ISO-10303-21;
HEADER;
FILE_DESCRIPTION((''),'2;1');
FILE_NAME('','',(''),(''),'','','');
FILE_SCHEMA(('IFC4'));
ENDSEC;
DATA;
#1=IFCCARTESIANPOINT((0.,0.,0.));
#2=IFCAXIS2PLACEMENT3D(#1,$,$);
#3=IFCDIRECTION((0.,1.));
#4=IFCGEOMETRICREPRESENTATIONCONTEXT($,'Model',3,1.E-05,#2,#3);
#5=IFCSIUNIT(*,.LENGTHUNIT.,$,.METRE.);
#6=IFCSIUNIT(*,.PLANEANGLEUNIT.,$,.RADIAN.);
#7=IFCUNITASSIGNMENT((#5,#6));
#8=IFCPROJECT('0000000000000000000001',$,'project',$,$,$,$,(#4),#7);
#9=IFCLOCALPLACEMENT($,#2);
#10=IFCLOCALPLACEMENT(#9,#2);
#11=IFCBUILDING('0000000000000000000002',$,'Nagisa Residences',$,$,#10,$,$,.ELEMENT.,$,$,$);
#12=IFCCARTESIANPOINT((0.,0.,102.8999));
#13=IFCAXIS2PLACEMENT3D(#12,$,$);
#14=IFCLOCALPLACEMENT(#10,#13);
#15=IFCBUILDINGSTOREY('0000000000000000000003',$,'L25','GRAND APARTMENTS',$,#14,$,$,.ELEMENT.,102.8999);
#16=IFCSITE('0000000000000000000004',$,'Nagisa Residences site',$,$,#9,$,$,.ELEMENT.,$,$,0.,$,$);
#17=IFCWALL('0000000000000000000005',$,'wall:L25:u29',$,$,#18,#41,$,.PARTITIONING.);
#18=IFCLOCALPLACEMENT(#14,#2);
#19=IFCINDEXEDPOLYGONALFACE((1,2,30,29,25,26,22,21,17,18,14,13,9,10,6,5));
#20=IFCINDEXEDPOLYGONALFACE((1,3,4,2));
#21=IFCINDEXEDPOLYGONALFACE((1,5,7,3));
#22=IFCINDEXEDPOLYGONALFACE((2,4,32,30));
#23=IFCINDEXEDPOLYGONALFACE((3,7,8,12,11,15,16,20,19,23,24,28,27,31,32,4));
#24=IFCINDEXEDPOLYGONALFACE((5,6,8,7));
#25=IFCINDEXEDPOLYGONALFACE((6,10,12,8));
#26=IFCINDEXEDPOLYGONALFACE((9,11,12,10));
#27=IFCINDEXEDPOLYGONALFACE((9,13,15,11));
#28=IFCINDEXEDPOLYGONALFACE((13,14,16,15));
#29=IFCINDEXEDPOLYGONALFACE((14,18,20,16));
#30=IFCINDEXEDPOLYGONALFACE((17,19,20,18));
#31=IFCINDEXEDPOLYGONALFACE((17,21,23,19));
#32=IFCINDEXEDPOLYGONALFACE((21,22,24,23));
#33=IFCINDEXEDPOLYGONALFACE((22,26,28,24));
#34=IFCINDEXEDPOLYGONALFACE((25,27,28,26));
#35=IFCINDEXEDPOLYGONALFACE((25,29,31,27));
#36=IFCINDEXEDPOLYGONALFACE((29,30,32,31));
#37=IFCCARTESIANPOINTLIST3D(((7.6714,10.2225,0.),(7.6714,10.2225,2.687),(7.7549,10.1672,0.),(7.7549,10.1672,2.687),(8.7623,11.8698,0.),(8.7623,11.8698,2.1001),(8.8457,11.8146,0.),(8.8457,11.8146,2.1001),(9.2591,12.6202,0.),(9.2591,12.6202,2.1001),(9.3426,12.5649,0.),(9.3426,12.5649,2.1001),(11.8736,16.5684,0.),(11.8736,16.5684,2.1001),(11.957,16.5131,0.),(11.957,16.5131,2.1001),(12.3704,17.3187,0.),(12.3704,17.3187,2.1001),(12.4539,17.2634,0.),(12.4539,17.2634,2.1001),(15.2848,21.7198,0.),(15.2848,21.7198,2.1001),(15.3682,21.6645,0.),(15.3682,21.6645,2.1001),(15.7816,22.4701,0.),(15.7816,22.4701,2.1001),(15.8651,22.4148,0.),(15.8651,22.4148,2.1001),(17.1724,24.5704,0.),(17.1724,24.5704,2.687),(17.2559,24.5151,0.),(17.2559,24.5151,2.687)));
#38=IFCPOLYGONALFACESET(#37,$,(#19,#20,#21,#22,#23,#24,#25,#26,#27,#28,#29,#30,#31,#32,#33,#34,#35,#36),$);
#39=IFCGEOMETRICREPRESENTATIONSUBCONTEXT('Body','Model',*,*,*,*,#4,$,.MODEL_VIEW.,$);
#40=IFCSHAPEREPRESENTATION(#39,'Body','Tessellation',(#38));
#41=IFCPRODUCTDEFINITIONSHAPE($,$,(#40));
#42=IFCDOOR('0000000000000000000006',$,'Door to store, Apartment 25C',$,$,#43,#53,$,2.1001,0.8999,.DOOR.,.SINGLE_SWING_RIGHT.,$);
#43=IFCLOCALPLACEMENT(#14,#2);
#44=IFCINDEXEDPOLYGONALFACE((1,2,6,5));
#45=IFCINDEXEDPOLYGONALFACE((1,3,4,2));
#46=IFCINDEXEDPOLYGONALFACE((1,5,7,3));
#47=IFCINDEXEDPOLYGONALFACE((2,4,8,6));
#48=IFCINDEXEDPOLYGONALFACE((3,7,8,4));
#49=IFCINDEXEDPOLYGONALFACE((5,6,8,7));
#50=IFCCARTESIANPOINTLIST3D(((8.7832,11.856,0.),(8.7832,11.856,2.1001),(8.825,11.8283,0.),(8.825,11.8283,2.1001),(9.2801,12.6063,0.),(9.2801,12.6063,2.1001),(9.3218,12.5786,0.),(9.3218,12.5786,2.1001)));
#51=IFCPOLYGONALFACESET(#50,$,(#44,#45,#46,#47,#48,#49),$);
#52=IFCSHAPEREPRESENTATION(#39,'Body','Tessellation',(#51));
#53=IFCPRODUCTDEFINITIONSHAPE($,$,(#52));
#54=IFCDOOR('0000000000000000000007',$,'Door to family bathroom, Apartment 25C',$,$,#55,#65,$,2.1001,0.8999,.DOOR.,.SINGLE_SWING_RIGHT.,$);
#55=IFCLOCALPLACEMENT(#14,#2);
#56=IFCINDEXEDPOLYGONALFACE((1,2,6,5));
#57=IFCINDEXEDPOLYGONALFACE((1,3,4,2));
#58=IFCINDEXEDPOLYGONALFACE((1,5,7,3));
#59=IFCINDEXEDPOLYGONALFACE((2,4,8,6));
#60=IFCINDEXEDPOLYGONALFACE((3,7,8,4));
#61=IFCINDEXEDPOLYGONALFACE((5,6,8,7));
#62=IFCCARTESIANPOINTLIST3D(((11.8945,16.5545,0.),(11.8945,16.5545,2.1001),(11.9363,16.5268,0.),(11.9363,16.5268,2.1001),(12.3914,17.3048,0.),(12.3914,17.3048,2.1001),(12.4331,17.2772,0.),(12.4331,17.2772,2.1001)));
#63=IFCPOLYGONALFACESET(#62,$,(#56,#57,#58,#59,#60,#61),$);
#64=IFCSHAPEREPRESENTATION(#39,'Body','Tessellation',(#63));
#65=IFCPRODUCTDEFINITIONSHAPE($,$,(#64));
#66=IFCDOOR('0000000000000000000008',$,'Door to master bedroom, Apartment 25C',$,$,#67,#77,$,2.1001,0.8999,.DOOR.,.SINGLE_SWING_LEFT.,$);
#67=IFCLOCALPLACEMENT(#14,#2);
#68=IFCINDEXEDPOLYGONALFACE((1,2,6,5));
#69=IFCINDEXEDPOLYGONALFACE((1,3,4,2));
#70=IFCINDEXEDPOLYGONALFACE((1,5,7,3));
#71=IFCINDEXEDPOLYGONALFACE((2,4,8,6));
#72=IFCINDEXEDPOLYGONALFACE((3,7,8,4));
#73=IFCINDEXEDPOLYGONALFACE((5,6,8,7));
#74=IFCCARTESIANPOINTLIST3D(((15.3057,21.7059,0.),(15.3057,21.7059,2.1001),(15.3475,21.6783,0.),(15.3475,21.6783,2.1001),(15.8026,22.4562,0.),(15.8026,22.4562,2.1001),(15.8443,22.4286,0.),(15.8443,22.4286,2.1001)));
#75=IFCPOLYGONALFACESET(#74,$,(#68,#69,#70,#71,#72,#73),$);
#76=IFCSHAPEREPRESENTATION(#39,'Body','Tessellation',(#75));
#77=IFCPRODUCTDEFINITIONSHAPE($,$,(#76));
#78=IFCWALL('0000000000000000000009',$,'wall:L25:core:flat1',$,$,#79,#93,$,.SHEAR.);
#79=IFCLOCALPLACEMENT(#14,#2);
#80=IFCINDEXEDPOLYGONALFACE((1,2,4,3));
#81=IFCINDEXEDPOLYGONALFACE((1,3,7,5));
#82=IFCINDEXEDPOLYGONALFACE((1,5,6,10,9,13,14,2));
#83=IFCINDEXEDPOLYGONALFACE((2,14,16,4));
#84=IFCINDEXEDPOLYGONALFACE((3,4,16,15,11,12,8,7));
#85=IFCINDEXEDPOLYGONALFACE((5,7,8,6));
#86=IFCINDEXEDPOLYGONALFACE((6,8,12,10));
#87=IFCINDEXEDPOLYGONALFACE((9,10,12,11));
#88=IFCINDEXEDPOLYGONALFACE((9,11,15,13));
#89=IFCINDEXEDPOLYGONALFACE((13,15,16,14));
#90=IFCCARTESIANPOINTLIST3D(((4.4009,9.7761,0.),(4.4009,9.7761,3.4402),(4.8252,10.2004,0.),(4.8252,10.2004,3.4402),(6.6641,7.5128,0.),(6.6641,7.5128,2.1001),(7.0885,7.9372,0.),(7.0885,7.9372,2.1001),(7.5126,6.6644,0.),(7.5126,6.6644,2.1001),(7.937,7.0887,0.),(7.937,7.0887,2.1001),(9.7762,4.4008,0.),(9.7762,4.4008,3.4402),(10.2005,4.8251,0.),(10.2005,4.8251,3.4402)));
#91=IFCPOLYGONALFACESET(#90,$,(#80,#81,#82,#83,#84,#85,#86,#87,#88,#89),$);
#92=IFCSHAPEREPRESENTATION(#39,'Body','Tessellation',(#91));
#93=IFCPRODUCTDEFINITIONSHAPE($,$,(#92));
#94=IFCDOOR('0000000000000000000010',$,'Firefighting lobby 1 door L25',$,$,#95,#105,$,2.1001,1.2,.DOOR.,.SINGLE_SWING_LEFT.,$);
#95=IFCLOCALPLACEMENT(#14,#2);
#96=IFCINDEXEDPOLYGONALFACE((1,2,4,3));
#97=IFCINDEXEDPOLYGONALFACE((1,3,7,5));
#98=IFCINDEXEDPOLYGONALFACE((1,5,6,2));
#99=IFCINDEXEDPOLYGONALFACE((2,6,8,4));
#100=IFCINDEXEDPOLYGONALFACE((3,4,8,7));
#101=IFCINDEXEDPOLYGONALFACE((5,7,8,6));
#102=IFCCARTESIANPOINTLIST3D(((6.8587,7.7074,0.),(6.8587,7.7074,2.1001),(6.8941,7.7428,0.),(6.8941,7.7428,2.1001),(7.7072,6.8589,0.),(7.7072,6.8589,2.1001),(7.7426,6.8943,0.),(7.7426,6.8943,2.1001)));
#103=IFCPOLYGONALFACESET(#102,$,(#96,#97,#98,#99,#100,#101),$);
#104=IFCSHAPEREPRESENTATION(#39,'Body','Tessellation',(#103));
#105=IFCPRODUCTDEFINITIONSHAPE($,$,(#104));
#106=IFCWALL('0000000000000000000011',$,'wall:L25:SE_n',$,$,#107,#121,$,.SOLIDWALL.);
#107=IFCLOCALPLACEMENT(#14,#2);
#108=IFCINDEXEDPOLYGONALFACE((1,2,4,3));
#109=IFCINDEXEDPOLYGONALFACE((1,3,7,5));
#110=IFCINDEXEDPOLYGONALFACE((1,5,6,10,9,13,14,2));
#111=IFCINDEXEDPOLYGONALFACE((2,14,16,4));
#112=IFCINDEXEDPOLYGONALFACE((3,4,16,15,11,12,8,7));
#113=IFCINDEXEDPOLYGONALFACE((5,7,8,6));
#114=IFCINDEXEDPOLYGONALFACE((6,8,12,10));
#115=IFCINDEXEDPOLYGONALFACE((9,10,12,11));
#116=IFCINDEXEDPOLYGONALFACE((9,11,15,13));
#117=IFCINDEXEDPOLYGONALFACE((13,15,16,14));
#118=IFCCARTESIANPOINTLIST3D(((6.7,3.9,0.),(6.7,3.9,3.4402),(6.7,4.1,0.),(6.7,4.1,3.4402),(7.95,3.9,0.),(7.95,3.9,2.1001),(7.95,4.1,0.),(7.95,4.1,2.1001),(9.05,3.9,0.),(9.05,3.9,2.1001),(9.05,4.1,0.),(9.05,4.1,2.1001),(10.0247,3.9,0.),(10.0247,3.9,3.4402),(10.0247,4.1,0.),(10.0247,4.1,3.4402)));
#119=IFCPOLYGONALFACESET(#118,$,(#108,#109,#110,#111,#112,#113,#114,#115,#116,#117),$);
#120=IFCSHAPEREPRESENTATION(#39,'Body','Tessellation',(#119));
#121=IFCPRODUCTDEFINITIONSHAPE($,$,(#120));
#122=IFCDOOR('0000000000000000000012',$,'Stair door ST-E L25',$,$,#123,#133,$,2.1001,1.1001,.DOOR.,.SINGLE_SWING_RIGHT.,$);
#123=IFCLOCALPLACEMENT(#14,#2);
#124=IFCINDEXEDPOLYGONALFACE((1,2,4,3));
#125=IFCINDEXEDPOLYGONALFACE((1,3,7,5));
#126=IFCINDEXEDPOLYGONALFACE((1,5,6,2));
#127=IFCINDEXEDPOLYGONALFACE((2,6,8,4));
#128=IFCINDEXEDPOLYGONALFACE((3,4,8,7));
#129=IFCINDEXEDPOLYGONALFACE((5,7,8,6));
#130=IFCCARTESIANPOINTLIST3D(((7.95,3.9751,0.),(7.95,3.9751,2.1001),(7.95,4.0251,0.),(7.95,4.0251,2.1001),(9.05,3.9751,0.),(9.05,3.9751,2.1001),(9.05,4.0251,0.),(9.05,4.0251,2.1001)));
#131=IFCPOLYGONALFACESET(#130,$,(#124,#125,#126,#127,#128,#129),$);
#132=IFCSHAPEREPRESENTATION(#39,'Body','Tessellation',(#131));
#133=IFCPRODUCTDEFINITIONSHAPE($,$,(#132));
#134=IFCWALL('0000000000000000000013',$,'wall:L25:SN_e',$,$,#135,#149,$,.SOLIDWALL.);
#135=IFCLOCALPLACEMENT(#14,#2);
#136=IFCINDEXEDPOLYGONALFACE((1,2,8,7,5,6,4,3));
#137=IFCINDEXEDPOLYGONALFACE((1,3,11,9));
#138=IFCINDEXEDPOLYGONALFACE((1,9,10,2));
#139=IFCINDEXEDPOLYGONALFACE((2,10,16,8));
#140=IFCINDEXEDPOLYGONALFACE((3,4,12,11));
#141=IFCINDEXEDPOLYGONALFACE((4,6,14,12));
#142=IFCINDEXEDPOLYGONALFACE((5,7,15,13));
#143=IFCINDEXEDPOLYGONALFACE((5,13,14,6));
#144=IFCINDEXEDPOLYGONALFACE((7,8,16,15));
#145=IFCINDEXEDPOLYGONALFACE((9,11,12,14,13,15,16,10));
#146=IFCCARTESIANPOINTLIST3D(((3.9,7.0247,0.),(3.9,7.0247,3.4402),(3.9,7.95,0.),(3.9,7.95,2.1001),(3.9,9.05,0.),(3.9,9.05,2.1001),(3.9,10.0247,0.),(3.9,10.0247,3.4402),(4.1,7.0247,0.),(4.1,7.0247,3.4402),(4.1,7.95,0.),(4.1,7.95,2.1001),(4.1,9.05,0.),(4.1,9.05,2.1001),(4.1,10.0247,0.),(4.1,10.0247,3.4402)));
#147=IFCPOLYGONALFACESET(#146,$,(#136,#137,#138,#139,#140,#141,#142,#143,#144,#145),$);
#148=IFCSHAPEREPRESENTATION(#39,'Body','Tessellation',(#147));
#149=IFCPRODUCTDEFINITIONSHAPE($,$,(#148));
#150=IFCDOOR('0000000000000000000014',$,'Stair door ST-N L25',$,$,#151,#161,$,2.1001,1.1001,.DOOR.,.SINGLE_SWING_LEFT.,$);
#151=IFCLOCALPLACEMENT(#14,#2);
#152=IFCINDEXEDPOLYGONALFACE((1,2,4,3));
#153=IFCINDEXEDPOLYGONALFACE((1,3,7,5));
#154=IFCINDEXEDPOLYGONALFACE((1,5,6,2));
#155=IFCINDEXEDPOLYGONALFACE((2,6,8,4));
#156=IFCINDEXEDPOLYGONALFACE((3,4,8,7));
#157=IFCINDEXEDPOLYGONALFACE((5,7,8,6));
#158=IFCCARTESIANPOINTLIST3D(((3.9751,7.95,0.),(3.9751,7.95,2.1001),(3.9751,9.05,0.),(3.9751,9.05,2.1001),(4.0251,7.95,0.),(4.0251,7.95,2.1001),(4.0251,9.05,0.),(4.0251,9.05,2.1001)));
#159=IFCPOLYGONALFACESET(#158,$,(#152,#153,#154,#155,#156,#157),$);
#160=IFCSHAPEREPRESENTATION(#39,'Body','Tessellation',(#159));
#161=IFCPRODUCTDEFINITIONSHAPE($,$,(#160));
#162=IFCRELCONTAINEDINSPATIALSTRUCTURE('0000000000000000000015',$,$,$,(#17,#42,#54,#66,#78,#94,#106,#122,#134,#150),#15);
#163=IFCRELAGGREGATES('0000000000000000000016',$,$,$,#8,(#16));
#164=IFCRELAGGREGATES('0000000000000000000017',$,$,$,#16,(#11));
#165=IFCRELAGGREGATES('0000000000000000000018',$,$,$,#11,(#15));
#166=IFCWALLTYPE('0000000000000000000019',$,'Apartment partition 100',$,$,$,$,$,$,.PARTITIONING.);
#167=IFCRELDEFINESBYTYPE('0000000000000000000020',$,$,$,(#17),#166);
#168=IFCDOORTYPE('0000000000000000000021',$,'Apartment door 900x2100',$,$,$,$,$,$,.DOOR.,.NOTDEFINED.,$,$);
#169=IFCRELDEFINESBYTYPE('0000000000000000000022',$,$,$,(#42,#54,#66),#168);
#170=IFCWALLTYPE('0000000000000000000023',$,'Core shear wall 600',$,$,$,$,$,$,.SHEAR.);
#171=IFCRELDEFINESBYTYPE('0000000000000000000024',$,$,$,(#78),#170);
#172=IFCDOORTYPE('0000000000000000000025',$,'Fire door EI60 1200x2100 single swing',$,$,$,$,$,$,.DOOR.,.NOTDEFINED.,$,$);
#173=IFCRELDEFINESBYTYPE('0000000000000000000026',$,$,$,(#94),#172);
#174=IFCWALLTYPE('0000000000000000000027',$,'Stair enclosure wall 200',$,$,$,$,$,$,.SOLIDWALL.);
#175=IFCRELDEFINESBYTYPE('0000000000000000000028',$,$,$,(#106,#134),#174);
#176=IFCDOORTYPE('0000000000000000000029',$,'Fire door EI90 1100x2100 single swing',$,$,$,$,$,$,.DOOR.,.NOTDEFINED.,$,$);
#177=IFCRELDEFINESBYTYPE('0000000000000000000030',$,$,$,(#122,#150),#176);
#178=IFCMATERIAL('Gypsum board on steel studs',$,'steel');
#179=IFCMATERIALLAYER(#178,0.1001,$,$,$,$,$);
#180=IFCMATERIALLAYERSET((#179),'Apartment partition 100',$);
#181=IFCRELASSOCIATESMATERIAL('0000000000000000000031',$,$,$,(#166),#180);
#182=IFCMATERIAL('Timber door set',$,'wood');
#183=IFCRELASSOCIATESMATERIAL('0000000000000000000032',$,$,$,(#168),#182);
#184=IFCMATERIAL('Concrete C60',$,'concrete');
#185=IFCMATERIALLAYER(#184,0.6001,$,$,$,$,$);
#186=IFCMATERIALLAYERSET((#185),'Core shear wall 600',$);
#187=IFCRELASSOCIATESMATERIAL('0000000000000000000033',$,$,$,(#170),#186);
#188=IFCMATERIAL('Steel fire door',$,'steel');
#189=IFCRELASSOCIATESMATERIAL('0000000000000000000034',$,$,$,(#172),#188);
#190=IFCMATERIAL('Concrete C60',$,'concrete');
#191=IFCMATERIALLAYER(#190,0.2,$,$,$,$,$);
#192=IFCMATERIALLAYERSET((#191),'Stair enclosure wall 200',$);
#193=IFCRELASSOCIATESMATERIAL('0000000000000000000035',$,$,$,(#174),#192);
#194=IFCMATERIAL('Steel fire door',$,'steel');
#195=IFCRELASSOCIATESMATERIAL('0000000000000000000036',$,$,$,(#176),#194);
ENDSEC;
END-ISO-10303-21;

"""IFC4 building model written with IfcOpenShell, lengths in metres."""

from ifc_helpers import new_model, si_unit, direction, frame, frame_2d, origin, place, context, subcontext, project, spatial, rectangle, extrude, material, layer, layer_set, type_object, element, fill, save


model = new_model("IFC4")

# Units and contexts
model_context = context("Model", 3, precision=1e-05, world=origin(), true_north=direction((0.0, 1.0)))
body_context = subcontext(model_context, "Body", "Model", "MODEL_VIEW")
ifc_project = project(units=[si_unit("LENGTHUNIT", "METRE"), si_unit("PLANEANGLEUNIT", "RADIAN")], contexts=[model_context])

# Site, building, storey
site_placement = place(None, origin())
site = spatial("IfcSite", under=ifc_project, at=site_placement, Name="Nagisa Residences site", CompositionType="ELEMENT", RefElevation=0.0)
building_placement = place(site_placement, origin())
building = spatial("IfcBuilding", under=site, at=building_placement, Name="Nagisa Residences", CompositionType="ELEMENT")
storey_placement = place(building_placement, frame((0.0, 0.0, 102.8999)))
storey = spatial("IfcBuildingStorey", under=building, at=storey_placement, Name="L25", Description="GRAND APARTMENTS", CompositionType="ELEMENT", Elevation=102.8999)

# Shared definitions
ifc_material_1 = material(Name="Gypsum board on steel studs", Category="steel")
ifc_layer_1 = layer(ifc_material_1, 0.1001)
ifc_layer_set_1 = layer_set([ifc_layer_1], Name="Apartment partition 100")
wall_type_1 = type_object("IfcWallType", Name="Apartment partition 100", PredefinedType="PARTITIONING", material=ifc_layer_set_1)

# Wall, openings, doors
ifc_material_2 = material(Name="Timber door set", Category="wood")
door_type_1 = type_object("IfcDoorType", Name="Apartment door 900x2100", OperationType="NOTDEFINED", PredefinedType="DOOR", material=ifc_material_2)
wall_1_placement = place(storey_placement, frame((7.7131, 10.1948, 0.0), z_axis=(0.0, 0.0, 1.0), x_axis=(0.552111, 0.833771, 0.0)))
wall_1 = element("IfcWall", 1, at=wall_1_placement, inside=storey, type_object=wall_type_1, Name="wall:L25:u29", PredefinedType="PARTITIONING", context=body_context, shape_type="SweptSolid", body=[
    extrude(rectangle(XDim=17.2085, YDim=0.1001, at=frame_2d((8.6042, 0.0))), origin(), (0.0, 0.0, 1.0), 2.687),
])
opening_1_placement = place(wall_1_placement, frame((1.9758, 0.0, 0.0)))
opening_1 = element("IfcOpeningElement", 2, at=opening_1_placement, cuts=wall_1, PredefinedType="OPENING", context=body_context, shape_type="SweptSolid", body=[
    extrude(rectangle(XDim=0.8999, YDim=2.1001, at=frame_2d((0.45, 1.05))), frame((0.0, 0.0601, 0.0), z_axis=(0.0, -1.0, 0.0), x_axis=(1.0, 0.0, 0.0)), (0.0, 0.0, 1.0), 0.1201),
])
opening_2_placement = place(wall_1_placement, frame((7.6111, 0.0, 0.0)))
opening_2 = element("IfcOpeningElement", 3, at=opening_2_placement, cuts=wall_1, PredefinedType="OPENING", context=body_context, shape_type="SweptSolid", body=[
    extrude(rectangle(XDim=0.8999, YDim=2.1001, at=frame_2d((0.45, 1.05))), frame((0.0, 0.0601, 0.0), z_axis=(0.0, -1.0, 0.0), x_axis=(1.0, 0.0, 0.0)), (0.0, 0.0, 1.0), 0.1201),
])
opening_3_placement = place(wall_1_placement, frame((13.7896, 0.0, 0.0)))
opening_3 = element("IfcOpeningElement", 4, at=opening_3_placement, cuts=wall_1, PredefinedType="OPENING", context=body_context, shape_type="SweptSolid", body=[
    extrude(rectangle(XDim=0.8999, YDim=2.1001, at=frame_2d((0.45, 1.05))), frame((0.0, 0.0601, 0.0), z_axis=(0.0, -1.0, 0.0), x_axis=(1.0, 0.0, 0.0)), (0.0, 0.0, 1.0), 0.1201),
])
door_1_placement = place(opening_1_placement, origin())
door_1 = element("IfcDoor", 5, at=door_1_placement, inside=storey, type_object=door_type_1, Name="Door to store, Apartment 25C", OperationType="SINGLE_SWING_RIGHT", OverallHeight=2.1001, OverallWidth=0.8999, PredefinedType="DOOR", context=body_context, shape_type="SweptSolid", body=[
    extrude(rectangle(XDim=0.8999, YDim=2.1001, at=frame_2d((0.45, 1.05))), frame((0.0, 0.0249, 0.0), z_axis=(0.0, -1.0, 0.0), x_axis=(1.0, 0.0, 0.0)), (0.0, 0.0, 1.0), 0.05),
])
fill(opening_1, door_1)
door_2_placement = place(opening_2_placement, origin())
door_2 = element("IfcDoor", 6, at=door_2_placement, inside=storey, type_object=door_type_1, Name="Door to family bathroom, Apartment 25C", OperationType="SINGLE_SWING_RIGHT", OverallHeight=2.1001, OverallWidth=0.8999, PredefinedType="DOOR", context=body_context, shape_type="SweptSolid", body=[
    extrude(rectangle(XDim=0.8999, YDim=2.1001, at=frame_2d((0.45, 1.05))), frame((0.0, 0.0249, 0.0), z_axis=(0.0, -1.0, 0.0), x_axis=(1.0, 0.0, 0.0)), (0.0, 0.0, 1.0), 0.05),
])
fill(opening_2, door_2)
door_3_placement = place(opening_3_placement, origin())
door_3 = element("IfcDoor", 7, at=door_3_placement, inside=storey, type_object=door_type_1, Name="Door to master bedroom, Apartment 25C", OperationType="SINGLE_SWING_LEFT", OverallHeight=2.1001, OverallWidth=0.8999, PredefinedType="DOOR", context=body_context, shape_type="SweptSolid", body=[
    extrude(rectangle(XDim=0.8999, YDim=2.1001, at=frame_2d((0.45, 1.05))), frame((0.0, 0.0249, 0.0), z_axis=(0.0, -1.0, 0.0), x_axis=(1.0, 0.0, 0.0)), (0.0, 0.0, 1.0), 0.05),
])
fill(opening_3, door_3)

# Walls, openings, doors
ifc_material_3 = material(Name="Concrete C60", Category="concrete")
ifc_layer_2 = layer(ifc_material_3, 0.6001)
ifc_layer_set_2 = layer_set([ifc_layer_2], Name="Core shear wall 600")
wall_type_2 = type_object("IfcWallType", Name="Core shear wall 600", PredefinedType="SHEAR", material=ifc_layer_set_2)
wall_2_placement = place(storey_placement, frame((9.9883, 4.613, 0.0), z_axis=(0.0, 0.0, 1.0), x_axis=(-0.707107, 0.707107, 0.0)))
wall_2 = element("IfcWall", 8, at=wall_2_placement, inside=storey, type_object=wall_type_2, Name="wall:L25:core:flat1", PredefinedType="SHEAR", context=body_context, shape_type="SweptSolid", body=[
    extrude(rectangle(XDim=7.6018, YDim=0.6001, at=frame_2d((3.8008, 0.0))), origin(), (0.0, 0.0, 1.0), 3.4402),
])
opening_4_placement = place(wall_2_placement, frame((3.2009, 0.0, 0.0)))
opening_4 = element("IfcOpeningElement", 9, at=opening_4_placement, cuts=wall_2, PredefinedType="OPENING", context=body_context, shape_type="SweptSolid", body=[
    extrude(rectangle(XDim=1.2, YDim=2.1001, at=frame_2d((0.6001, 1.05))), frame((0.0, 0.3101, 0.0), z_axis=(0.0, -1.0, 0.0), x_axis=(1.0, 0.0, 0.0)), (0.0, 0.0, 1.0), 0.6201),
])
ifc_material_4 = material(Name="Steel fire door", Category="steel")
door_type_2 = type_object("IfcDoorType", Name="Fire door EI60 1200x2100 single swing", OperationType="NOTDEFINED", PredefinedType="DOOR", material=ifc_material_4)
door_4_placement = place(opening_4_placement, origin())
door_4 = element("IfcDoor", 10, at=door_4_placement, inside=storey, type_object=door_type_2, Name="Firefighting lobby 1 door L25", OperationType="SINGLE_SWING_LEFT", OverallHeight=2.1001, OverallWidth=1.2, PredefinedType="DOOR", context=body_context, shape_type="SweptSolid", body=[
    extrude(rectangle(XDim=1.2, YDim=2.1001, at=frame_2d((0.6001, 1.05))), frame((0.0, 0.0249, 0.0), z_axis=(0.0, -1.0, 0.0), x_axis=(1.0, 0.0, 0.0)), (0.0, 0.0, 1.0), 0.05),
])
fill(opening_4, door_4)
ifc_material_5 = material(Name="Concrete C60", Category="concrete")
ifc_layer_3 = layer(ifc_material_5, 0.2)
ifc_layer_set_3 = layer_set([ifc_layer_3], Name="Stair enclosure wall 200")
wall_type_3 = type_object("IfcWallType", Name="Stair enclosure wall 200", PredefinedType="SOLIDWALL", material=ifc_layer_set_3)
wall_3_placement = place(storey_placement, frame((6.7, 4.0, 0.0), z_axis=(0.0, 0.0, 1.0), x_axis=(1.0, 0.0, 0.0)))
wall_3 = element("IfcWall", 11, at=wall_3_placement, inside=storey, type_object=wall_type_3, Name="wall:L25:SE_n", PredefinedType="SOLIDWALL", context=body_context, shape_type="SweptSolid", body=[
    extrude(rectangle(XDim=3.3247, YDim=0.2, at=frame_2d((1.6624, 0.0))), origin(), (0.0, 0.0, 1.0), 3.4402),
])
opening_5_placement = place(wall_3_placement, frame((1.25, 0.0, 0.0)))
opening_5 = element("IfcOpeningElement", 12, at=opening_5_placement, cuts=wall_3, PredefinedType="OPENING", context=body_context, shape_type="SweptSolid", body=[
    extrude(rectangle(XDim=1.1001, YDim=2.1001, at=frame_2d((0.55, 1.05))), frame((0.0, 0.1099, 0.0), z_axis=(0.0, -1.0, 0.0), x_axis=(1.0, 0.0, 0.0)), (0.0, 0.0, 1.0), 0.22),
])
ifc_material_6 = material(Name="Steel fire door", Category="steel")
door_type_3 = type_object("IfcDoorType", Name="Fire door EI90 1100x2100 single swing", OperationType="NOTDEFINED", PredefinedType="DOOR", material=ifc_material_6)
door_5_placement = place(opening_5_placement, frame((1.1001, 0.0, 0.0), x_axis=(-1.0, 0.0, 0.0)))
door_5 = element("IfcDoor", 13, at=door_5_placement, inside=storey, type_object=door_type_3, Name="Stair door ST-E L25", OperationType="SINGLE_SWING_RIGHT", OverallHeight=2.1001, OverallWidth=1.1001, PredefinedType="DOOR", context=body_context, shape_type="SweptSolid", body=[
    extrude(rectangle(XDim=1.1001, YDim=2.1001, at=frame_2d((0.55, 1.05))), frame((0.0, 0.0249, 0.0), z_axis=(0.0, -1.0, 0.0), x_axis=(1.0, 0.0, 0.0)), (0.0, 0.0, 1.0), 0.05),
])
fill(opening_5, door_5)
wall_4_placement = place(storey_placement, frame((4.0, 7.0247, 0.0), z_axis=(0.0, 0.0, 1.0), x_axis=(0.0, 1.0, 0.0)))
wall_4 = element("IfcWall", 14, at=wall_4_placement, inside=storey, type_object=wall_type_3, Name="wall:L25:SN_e", PredefinedType="SOLIDWALL", context=body_context, shape_type="SweptSolid", body=[
    extrude(rectangle(XDim=3.0, YDim=0.2, at=frame_2d((1.5, 0.0))), origin(), (0.0, 0.0, 1.0), 3.4402),
])
opening_6_placement = place(wall_4_placement, frame((0.9253, 0.0, 0.0)))
opening_6 = element("IfcOpeningElement", 15, at=opening_6_placement, cuts=wall_4, PredefinedType="OPENING", context=body_context, shape_type="SweptSolid", body=[
    extrude(rectangle(XDim=1.1001, YDim=2.1001, at=frame_2d((0.55, 1.05))), frame((0.0, 0.1099, 0.0), z_axis=(0.0, -1.0, 0.0), x_axis=(1.0, 0.0, 0.0)), (0.0, 0.0, 1.0), 0.22),
])
door_6_placement = place(opening_6_placement, origin())
door_6 = element("IfcDoor", 16, at=door_6_placement, inside=storey, type_object=door_type_3, Name="Stair door ST-N L25", OperationType="SINGLE_SWING_LEFT", OverallHeight=2.1001, OverallWidth=1.1001, PredefinedType="DOOR", context=body_context, shape_type="SweptSolid", body=[
    extrude(rectangle(XDim=1.1001, YDim=2.1001, at=frame_2d((0.55, 1.05))), frame((0.0, 0.0249, 0.0), z_axis=(0.0, -1.0, 0.0), x_axis=(1.0, 0.0, 0.0)), (0.0, 0.0, 1.0), 0.05),
])
fill(opening_6, door_6)

save(model, "model.ifc")
